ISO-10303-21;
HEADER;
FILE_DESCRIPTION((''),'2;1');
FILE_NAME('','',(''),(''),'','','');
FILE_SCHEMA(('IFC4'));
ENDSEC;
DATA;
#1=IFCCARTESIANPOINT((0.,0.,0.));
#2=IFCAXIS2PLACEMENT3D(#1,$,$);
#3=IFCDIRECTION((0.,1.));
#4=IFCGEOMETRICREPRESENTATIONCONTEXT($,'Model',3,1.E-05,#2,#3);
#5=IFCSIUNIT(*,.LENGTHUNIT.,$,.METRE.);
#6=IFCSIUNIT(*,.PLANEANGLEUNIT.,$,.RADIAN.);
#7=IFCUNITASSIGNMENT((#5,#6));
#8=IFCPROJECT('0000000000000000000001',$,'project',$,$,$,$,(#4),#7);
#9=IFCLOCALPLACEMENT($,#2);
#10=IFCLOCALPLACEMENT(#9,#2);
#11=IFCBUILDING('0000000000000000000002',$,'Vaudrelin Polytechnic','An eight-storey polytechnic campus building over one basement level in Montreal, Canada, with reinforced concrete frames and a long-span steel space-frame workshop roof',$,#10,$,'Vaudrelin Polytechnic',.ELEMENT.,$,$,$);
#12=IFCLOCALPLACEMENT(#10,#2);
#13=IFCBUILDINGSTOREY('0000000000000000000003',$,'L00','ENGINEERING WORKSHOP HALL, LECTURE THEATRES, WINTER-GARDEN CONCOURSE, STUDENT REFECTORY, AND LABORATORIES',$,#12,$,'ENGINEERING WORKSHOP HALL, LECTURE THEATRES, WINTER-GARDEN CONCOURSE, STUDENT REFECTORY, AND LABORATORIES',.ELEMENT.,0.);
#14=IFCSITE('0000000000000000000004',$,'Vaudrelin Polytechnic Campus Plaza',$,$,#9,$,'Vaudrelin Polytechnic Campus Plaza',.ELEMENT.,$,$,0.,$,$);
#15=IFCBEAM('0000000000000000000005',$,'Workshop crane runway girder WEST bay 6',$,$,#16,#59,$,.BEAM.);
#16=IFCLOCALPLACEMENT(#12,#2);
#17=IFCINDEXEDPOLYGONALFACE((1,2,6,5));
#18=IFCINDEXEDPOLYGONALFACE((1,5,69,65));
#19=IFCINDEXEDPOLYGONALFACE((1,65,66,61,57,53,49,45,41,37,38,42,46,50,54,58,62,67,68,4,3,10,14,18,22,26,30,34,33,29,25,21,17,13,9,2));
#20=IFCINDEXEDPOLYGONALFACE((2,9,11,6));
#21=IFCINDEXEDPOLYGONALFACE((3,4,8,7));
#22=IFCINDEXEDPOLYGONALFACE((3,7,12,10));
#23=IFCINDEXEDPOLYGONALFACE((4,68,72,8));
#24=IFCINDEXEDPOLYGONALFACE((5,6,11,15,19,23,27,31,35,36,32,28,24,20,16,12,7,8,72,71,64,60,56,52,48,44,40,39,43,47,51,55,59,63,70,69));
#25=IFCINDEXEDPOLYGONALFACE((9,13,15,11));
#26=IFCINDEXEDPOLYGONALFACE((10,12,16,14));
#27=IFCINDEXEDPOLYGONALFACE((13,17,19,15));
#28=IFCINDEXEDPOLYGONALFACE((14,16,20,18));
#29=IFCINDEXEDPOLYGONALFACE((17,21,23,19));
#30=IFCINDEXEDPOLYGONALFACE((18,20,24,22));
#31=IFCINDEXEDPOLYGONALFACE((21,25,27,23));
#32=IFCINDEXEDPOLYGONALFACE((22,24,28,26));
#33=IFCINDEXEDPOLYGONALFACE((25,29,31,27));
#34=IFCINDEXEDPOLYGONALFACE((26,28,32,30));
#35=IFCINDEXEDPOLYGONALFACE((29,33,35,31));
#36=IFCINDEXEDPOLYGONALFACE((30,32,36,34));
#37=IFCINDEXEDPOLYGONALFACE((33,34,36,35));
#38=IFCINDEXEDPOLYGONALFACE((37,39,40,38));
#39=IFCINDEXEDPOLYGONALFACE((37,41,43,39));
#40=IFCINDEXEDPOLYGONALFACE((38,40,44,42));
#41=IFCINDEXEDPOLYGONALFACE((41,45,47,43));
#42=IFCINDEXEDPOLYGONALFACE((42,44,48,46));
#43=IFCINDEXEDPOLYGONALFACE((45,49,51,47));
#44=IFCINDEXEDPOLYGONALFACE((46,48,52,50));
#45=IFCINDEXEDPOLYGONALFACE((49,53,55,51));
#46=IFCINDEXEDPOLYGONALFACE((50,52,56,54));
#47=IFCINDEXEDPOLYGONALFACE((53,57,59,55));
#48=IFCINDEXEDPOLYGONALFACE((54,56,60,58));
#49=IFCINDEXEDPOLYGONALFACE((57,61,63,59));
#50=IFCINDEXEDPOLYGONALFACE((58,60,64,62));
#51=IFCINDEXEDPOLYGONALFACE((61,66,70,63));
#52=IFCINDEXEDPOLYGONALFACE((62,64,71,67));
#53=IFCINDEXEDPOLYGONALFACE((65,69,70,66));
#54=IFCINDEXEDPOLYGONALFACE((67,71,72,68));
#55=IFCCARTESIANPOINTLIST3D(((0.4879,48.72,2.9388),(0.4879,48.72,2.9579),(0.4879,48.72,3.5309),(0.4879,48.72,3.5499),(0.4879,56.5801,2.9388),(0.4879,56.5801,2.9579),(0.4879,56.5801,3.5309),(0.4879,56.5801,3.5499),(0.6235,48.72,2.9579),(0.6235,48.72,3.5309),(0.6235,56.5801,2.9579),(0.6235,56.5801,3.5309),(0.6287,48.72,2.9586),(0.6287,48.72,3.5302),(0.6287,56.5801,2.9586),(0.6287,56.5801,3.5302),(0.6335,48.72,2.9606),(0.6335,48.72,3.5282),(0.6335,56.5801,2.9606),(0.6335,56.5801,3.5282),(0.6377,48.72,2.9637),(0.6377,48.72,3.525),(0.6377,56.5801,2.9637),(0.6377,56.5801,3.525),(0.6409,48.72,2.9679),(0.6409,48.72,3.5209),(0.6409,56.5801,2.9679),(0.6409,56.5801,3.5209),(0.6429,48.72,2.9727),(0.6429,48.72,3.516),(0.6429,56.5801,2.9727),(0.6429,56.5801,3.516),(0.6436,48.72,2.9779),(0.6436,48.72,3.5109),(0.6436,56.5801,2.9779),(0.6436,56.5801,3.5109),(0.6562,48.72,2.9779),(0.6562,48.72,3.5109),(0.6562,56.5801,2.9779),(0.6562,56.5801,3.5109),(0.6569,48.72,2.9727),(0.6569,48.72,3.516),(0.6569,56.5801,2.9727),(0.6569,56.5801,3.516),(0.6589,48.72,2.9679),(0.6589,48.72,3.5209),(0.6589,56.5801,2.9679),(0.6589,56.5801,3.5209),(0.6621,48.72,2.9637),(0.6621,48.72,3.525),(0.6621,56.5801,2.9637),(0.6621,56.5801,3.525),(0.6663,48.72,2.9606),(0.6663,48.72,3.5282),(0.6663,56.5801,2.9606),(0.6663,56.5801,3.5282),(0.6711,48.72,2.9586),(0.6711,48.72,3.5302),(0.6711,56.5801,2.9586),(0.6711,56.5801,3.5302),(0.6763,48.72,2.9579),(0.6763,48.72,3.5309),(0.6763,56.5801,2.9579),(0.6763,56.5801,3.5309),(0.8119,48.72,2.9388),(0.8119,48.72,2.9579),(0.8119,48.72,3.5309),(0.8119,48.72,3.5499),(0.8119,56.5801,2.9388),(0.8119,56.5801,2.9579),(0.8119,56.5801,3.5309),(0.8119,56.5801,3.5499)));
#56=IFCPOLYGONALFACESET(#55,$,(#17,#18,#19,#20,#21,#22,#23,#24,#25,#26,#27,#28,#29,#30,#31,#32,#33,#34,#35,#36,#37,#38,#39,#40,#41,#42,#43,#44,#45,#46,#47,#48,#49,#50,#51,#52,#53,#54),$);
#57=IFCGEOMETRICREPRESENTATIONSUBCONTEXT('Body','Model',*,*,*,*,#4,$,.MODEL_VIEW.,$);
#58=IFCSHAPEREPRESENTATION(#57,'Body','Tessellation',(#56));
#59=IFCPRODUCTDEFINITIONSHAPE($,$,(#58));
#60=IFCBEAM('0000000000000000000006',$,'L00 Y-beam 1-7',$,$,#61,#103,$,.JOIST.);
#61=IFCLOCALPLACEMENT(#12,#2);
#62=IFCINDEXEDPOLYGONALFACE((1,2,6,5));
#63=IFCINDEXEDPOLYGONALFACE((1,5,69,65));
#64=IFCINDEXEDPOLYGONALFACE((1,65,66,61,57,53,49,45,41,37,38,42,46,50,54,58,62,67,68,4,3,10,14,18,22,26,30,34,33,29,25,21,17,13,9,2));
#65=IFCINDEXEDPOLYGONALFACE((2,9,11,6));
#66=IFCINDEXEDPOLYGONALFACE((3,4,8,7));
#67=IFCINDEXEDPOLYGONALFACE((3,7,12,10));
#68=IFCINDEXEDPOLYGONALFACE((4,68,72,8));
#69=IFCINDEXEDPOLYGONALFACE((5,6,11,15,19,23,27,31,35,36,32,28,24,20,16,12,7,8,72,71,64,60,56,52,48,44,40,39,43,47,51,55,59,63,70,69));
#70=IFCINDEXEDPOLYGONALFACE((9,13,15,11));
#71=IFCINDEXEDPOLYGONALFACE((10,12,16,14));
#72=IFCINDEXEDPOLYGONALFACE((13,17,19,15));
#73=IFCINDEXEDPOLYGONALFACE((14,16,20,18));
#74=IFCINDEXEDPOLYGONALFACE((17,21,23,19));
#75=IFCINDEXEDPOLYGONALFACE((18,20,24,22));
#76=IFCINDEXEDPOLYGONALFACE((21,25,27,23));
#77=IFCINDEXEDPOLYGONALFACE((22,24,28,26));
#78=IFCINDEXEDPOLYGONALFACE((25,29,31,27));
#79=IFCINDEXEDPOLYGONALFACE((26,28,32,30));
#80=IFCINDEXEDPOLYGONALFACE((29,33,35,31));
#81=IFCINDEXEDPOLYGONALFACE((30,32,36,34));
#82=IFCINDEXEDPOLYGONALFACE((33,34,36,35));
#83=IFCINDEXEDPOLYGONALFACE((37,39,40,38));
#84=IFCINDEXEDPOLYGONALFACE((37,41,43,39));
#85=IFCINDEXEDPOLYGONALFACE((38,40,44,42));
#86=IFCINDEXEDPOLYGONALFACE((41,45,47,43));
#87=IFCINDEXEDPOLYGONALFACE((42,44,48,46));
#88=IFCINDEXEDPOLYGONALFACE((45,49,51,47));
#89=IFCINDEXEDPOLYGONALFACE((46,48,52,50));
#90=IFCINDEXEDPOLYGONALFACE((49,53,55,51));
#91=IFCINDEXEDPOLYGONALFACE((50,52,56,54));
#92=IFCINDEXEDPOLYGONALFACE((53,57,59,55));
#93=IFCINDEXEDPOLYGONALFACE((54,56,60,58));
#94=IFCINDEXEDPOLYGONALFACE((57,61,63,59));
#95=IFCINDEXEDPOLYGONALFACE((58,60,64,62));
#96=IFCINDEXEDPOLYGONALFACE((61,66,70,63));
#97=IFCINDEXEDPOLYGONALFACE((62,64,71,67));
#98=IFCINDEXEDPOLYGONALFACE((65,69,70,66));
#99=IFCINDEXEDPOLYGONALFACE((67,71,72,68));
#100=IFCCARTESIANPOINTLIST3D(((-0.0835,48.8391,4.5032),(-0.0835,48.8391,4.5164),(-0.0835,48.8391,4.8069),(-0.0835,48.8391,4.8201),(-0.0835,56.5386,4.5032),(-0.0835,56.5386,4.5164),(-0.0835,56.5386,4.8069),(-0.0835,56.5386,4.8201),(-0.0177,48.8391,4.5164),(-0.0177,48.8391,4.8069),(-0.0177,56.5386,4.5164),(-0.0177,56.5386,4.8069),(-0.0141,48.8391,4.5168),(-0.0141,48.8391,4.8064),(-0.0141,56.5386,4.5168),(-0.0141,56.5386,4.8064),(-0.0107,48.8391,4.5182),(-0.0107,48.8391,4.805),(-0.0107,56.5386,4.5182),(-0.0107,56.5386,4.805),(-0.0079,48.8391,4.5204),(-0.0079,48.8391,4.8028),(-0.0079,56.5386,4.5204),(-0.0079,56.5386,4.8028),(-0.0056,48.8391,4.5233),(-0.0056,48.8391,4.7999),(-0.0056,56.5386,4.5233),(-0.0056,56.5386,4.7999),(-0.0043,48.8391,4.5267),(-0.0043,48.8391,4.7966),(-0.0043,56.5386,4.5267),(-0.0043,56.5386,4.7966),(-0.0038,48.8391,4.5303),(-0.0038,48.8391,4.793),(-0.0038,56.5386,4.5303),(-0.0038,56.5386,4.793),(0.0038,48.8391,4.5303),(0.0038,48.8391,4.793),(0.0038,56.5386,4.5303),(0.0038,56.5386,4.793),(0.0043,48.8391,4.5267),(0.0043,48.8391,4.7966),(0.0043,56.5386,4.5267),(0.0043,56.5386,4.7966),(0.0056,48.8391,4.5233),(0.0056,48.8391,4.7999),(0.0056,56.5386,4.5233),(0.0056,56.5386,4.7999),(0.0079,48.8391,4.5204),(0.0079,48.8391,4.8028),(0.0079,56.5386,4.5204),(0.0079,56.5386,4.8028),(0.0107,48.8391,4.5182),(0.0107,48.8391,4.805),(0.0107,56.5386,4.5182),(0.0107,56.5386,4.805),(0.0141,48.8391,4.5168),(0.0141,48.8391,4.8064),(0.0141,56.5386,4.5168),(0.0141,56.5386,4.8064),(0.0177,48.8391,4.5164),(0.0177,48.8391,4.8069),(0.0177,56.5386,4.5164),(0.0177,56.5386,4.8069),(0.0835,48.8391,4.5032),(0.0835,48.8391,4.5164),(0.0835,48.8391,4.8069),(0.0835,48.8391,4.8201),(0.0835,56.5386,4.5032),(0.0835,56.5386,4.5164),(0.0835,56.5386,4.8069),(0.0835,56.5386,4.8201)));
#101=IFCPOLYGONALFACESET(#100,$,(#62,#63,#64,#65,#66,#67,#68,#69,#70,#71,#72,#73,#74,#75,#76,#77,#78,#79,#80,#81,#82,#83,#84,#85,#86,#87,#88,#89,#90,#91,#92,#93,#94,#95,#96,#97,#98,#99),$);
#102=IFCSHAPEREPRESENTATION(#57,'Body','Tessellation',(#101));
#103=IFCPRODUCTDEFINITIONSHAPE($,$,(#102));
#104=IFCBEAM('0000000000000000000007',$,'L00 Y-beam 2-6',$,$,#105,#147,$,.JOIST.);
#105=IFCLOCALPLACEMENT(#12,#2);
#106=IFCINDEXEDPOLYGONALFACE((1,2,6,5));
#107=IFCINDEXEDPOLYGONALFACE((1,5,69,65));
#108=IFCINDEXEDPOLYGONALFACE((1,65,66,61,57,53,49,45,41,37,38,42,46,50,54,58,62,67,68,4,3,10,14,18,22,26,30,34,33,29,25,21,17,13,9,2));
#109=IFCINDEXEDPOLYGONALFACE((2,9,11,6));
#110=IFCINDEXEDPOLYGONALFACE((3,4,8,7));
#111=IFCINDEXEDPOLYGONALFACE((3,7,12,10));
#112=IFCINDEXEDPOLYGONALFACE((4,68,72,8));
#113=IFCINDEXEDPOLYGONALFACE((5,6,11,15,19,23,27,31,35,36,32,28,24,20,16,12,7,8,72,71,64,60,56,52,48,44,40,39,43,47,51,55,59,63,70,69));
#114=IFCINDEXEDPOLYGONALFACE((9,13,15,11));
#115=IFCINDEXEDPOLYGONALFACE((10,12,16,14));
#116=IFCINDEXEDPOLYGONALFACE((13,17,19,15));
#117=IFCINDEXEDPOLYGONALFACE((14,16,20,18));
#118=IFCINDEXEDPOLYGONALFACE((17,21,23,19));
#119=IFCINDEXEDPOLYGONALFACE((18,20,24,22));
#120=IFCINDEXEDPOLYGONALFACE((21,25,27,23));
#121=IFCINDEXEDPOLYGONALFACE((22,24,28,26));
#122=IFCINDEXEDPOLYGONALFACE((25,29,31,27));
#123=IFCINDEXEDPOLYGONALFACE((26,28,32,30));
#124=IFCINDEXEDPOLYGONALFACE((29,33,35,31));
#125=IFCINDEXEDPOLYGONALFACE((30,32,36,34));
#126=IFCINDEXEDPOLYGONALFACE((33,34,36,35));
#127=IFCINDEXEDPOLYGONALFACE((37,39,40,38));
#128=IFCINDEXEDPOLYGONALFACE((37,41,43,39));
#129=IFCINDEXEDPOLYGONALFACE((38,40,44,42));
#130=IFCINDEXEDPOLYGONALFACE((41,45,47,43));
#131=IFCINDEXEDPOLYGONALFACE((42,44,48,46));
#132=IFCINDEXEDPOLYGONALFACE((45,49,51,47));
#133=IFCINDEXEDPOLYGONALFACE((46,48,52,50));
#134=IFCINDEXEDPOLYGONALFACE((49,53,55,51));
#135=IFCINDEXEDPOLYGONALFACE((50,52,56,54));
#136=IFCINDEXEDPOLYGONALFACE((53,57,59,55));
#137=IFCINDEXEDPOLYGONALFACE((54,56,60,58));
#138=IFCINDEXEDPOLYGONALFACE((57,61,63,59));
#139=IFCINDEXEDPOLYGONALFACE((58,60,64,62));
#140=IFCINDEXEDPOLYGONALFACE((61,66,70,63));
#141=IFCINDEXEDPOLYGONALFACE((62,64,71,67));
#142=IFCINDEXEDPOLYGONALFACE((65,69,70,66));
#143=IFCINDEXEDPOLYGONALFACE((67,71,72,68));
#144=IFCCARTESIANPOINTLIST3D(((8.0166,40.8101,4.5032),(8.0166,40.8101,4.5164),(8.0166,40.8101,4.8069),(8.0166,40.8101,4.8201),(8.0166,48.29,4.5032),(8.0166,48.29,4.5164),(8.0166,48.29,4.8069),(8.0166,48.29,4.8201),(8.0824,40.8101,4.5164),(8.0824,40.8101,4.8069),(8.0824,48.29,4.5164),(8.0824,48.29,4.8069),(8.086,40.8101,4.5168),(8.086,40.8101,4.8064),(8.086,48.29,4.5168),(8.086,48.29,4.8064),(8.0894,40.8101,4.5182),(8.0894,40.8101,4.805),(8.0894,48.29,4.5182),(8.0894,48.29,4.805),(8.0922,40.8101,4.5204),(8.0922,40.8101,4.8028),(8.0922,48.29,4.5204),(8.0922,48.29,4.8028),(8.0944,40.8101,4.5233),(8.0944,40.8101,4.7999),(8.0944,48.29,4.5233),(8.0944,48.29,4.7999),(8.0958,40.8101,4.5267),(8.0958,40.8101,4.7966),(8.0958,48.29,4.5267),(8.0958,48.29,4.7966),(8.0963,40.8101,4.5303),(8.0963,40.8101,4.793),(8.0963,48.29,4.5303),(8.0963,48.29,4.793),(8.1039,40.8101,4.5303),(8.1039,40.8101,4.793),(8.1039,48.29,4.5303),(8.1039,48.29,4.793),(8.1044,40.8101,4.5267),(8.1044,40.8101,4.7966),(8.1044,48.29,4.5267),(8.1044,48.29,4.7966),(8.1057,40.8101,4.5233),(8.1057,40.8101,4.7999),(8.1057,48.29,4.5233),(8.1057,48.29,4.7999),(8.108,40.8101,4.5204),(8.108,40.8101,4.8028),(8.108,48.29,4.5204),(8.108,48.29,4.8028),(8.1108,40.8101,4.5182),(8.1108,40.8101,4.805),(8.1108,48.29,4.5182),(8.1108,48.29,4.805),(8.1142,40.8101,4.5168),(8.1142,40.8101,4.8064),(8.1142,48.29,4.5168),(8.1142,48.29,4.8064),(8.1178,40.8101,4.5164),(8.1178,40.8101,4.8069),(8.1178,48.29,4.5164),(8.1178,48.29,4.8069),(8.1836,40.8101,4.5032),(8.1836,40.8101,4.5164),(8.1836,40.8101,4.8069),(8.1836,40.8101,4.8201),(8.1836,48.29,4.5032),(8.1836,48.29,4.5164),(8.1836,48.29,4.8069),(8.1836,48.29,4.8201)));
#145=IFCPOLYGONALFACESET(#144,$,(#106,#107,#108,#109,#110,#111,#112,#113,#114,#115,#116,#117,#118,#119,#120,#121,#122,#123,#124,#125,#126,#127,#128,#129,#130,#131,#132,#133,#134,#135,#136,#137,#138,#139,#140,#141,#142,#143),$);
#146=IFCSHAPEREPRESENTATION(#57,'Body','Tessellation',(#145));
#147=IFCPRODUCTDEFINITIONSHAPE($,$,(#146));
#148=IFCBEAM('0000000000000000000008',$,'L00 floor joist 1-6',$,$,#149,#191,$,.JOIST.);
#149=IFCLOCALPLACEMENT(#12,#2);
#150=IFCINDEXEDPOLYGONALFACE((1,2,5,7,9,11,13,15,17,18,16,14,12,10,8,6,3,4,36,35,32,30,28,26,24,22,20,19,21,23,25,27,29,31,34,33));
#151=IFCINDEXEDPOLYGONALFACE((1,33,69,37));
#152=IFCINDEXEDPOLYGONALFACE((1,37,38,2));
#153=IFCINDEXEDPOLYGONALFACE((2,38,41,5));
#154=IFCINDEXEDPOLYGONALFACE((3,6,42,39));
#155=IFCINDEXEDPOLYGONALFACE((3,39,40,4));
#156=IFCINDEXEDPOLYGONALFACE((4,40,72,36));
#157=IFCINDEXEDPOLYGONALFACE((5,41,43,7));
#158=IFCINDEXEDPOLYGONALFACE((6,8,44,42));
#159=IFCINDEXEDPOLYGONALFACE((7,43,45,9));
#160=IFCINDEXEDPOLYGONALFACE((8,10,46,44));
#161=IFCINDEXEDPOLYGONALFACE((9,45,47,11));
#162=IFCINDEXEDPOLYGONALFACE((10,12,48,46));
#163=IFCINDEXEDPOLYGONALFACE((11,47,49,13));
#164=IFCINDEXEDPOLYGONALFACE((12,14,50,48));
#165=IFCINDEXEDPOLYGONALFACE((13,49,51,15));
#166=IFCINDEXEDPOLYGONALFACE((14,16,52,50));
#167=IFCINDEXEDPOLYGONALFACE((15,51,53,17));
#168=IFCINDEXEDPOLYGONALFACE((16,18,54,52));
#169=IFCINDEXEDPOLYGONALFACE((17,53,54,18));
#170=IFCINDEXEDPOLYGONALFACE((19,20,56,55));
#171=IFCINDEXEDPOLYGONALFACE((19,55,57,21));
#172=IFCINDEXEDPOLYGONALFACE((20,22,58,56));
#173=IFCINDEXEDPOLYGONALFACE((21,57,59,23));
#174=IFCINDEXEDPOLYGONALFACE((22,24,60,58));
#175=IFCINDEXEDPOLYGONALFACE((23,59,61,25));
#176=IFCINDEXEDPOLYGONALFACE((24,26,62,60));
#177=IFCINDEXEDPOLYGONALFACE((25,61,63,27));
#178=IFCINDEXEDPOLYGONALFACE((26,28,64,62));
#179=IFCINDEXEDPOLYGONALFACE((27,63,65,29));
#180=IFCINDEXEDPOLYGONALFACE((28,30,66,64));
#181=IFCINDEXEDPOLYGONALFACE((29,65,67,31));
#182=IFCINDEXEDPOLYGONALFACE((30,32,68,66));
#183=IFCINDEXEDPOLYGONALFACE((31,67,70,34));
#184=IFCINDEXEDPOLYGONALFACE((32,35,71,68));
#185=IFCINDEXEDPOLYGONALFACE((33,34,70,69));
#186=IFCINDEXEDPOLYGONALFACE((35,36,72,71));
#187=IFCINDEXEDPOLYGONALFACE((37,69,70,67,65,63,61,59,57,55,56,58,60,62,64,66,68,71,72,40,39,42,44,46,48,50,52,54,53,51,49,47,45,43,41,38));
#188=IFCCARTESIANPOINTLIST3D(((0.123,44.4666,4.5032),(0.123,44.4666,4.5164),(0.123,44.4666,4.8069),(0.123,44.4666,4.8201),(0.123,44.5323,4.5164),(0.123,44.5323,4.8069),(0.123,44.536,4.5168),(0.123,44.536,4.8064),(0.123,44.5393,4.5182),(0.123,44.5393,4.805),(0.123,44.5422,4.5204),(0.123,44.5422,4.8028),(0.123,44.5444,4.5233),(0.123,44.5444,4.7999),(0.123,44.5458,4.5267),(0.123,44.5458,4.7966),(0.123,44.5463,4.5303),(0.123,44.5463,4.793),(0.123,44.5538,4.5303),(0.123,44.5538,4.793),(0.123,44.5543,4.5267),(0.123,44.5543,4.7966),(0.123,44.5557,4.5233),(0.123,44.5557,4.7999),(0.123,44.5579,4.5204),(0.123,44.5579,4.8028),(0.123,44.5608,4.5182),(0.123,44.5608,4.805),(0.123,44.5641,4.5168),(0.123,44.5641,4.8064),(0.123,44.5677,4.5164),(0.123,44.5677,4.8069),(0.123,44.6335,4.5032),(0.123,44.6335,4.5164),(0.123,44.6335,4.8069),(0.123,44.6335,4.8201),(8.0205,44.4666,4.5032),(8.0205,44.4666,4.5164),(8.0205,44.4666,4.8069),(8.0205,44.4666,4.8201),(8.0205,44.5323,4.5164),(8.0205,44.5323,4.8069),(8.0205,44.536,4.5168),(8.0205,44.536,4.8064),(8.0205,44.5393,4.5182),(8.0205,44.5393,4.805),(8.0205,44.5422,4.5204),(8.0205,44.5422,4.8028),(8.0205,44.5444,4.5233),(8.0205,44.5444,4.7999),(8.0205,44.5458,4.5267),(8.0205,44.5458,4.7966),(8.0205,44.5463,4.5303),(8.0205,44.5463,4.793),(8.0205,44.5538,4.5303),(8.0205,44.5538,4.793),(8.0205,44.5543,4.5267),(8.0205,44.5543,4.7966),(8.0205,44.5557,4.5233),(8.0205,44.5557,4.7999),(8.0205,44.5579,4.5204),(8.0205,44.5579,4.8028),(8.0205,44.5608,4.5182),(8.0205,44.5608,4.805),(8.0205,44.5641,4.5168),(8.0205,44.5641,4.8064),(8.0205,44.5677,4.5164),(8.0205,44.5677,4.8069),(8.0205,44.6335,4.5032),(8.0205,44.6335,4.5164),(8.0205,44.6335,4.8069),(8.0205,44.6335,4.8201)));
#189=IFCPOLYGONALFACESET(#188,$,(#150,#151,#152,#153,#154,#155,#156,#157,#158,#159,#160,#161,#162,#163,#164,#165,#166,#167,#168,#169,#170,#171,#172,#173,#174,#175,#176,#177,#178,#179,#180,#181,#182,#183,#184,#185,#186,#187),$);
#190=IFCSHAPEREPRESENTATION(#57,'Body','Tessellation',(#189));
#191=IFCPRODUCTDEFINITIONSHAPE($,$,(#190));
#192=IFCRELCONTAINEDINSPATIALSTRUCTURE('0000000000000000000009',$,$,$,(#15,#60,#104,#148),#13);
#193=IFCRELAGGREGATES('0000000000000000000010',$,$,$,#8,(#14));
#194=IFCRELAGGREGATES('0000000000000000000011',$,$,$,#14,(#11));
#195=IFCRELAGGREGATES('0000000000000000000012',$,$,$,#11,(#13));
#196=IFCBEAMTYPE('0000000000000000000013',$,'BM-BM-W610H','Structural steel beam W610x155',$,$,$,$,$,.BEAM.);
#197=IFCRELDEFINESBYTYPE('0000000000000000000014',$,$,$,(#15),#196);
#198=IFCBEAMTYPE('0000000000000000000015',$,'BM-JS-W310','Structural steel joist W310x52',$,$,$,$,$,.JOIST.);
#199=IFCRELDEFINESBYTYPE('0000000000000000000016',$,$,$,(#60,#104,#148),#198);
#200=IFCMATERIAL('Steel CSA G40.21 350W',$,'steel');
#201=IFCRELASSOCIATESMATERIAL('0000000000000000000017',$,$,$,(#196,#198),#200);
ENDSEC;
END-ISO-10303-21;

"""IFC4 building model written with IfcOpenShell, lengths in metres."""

from ifc_helpers import new_model, si_unit, direction, frame, origin, origin_2d, place, context, subcontext, project, spatial, i_section, extrude, material, material_profile, profile_set, type_object, element, save


model = new_model("IFC4")

# Units and contexts
model_context = context("Model", 3, precision=1e-05, world=origin(), true_north=direction((0.0, 1.0)))
body_context = subcontext(model_context, "Body", "Model", "MODEL_VIEW")
ifc_project = project(units=[si_unit("LENGTHUNIT", "METRE"), si_unit("PLANEANGLEUNIT", "RADIAN")], contexts=[model_context])

# Site, building, storey
site_placement = place(None, origin())
site = spatial("IfcSite", under=ifc_project, at=site_placement, Name="Vaudrelin Polytechnic Campus Plaza", LongName="Vaudrelin Polytechnic Campus Plaza", CompositionType="ELEMENT", RefElevation=0.0)
building_placement = place(site_placement, origin())
building = spatial("IfcBuilding", under=site, at=building_placement, Name="Vaudrelin Polytechnic", Description="An eight-storey polytechnic campus building over one basement level in Montreal, Canada, with reinforced concrete frames and a long-span steel space-frame workshop roof", LongName="Vaudrelin Polytechnic", CompositionType="ELEMENT")
storey_placement = place(building_placement, origin())
storey = spatial("IfcBuildingStorey", under=building, at=storey_placement, Name="L00", Description="ENGINEERING WORKSHOP HALL, LECTURE THEATRES, WINTER-GARDEN CONCOURSE, STUDENT REFECTORY, AND LABORATORIES", LongName="ENGINEERING WORKSHOP HALL, LECTURE THEATRES, WINTER-GARDEN CONCOURSE, STUDENT REFECTORY, AND LABORATORIES", CompositionType="ELEMENT", Elevation=0.0)

# Shared definitions
ifc_material_1 = material(Name="Steel CSA G40.21 350W", Category="steel")

# Beams
ifc_material_profile_1 = material_profile(ifc_material_1, i_section(OverallWidth=0.324, OverallDepth=0.6111, WebThickness=0.0127, FlangeThickness=0.019, FilletRadius=0.02, at=origin_2d()), Name="W610x155")
ifc_profile_set_1 = profile_set([ifc_material_profile_1], Name="Steel CSA G40.21 350W")
beam_type_1 = type_object("IfcBeamType", Name="BM-BM-W610H", Description="Structural steel beam W610x155", PredefinedType="BEAM", material=ifc_profile_set_1)
beam_1_placement = place(storey_placement, frame((0.6499, 48.72, 3.2444), z_axis=(0.0, 1.0, 0.0), x_axis=(-1.0, 0.0, 0.0)))
element("IfcBeam", 1, at=beam_1_placement, inside=storey, type_object=beam_type_1, Name="Workshop crane runway girder WEST bay 6", PredefinedType="BEAM", context=body_context, shape_type="SweptSolid", body=[
    extrude(i_section(OverallWidth=0.324, OverallDepth=0.6111, WebThickness=0.0127, FlangeThickness=0.019, FilletRadius=0.02, at=origin_2d()), origin(), (0.0, 0.0, 1.0), 7.8601),
])
ifc_material_profile_2 = material_profile(ifc_material_1, i_section(OverallWidth=0.167, OverallDepth=0.3169, WebThickness=0.0076, FlangeThickness=0.0132, FilletRadius=0.0139, at=origin_2d()), Name="W310x52")
ifc_profile_set_2 = profile_set([ifc_material_profile_2], Name="Steel CSA G40.21 350W")
beam_type_2 = type_object("IfcBeamType", Name="BM-JS-W310", Description="Structural steel joist W310x52", PredefinedType="JOIST", material=ifc_profile_set_2)
beam_2_placement = place(storey_placement, frame((0.0, 48.8391, 4.6616), z_axis=(0.0, 1.0, 0.0), x_axis=(-1.0, 0.0, 0.0)))
element("IfcBeam", 2, at=beam_2_placement, inside=storey, type_object=beam_type_2, Name="L00 Y-beam 1-7", PredefinedType="JOIST", context=body_context, shape_type="SweptSolid", body=[
    extrude(i_section(OverallWidth=0.167, OverallDepth=0.3169, WebThickness=0.0076, FlangeThickness=0.0132, FilletRadius=0.0139, at=origin_2d()), origin(), (0.0, 0.0, 1.0), 7.6995),
])
beam_3_placement = place(storey_placement, frame((8.1001, 40.8101, 4.6616), z_axis=(0.0, 1.0, 0.0), x_axis=(-1.0, 0.0, 0.0)))
element("IfcBeam", 3, at=beam_3_placement, inside=storey, type_object=beam_type_2, Name="L00 Y-beam 2-6", PredefinedType="JOIST", context=body_context, shape_type="SweptSolid", body=[
    extrude(i_section(OverallWidth=0.167, OverallDepth=0.3169, WebThickness=0.0076, FlangeThickness=0.0132, FilletRadius=0.0139, at=origin_2d()), origin(), (0.0, 0.0, 1.0), 7.48),
])
beam_4_placement = place(storey_placement, frame((0.123, 44.55, 4.6616), z_axis=(1.0, 0.0, 0.0), x_axis=(0.0, 1.0, 0.0)))
element("IfcBeam", 4, at=beam_4_placement, inside=storey, type_object=beam_type_2, Name="L00 floor joist 1-6", PredefinedType="JOIST", context=body_context, shape_type="SweptSolid", body=[
    extrude(i_section(OverallWidth=0.167, OverallDepth=0.3169, WebThickness=0.0076, FlangeThickness=0.0132, FilletRadius=0.0139, at=origin_2d()), origin(), (0.0, 0.0, 1.0), 7.8975),
])

save(model, "model.ifc")
